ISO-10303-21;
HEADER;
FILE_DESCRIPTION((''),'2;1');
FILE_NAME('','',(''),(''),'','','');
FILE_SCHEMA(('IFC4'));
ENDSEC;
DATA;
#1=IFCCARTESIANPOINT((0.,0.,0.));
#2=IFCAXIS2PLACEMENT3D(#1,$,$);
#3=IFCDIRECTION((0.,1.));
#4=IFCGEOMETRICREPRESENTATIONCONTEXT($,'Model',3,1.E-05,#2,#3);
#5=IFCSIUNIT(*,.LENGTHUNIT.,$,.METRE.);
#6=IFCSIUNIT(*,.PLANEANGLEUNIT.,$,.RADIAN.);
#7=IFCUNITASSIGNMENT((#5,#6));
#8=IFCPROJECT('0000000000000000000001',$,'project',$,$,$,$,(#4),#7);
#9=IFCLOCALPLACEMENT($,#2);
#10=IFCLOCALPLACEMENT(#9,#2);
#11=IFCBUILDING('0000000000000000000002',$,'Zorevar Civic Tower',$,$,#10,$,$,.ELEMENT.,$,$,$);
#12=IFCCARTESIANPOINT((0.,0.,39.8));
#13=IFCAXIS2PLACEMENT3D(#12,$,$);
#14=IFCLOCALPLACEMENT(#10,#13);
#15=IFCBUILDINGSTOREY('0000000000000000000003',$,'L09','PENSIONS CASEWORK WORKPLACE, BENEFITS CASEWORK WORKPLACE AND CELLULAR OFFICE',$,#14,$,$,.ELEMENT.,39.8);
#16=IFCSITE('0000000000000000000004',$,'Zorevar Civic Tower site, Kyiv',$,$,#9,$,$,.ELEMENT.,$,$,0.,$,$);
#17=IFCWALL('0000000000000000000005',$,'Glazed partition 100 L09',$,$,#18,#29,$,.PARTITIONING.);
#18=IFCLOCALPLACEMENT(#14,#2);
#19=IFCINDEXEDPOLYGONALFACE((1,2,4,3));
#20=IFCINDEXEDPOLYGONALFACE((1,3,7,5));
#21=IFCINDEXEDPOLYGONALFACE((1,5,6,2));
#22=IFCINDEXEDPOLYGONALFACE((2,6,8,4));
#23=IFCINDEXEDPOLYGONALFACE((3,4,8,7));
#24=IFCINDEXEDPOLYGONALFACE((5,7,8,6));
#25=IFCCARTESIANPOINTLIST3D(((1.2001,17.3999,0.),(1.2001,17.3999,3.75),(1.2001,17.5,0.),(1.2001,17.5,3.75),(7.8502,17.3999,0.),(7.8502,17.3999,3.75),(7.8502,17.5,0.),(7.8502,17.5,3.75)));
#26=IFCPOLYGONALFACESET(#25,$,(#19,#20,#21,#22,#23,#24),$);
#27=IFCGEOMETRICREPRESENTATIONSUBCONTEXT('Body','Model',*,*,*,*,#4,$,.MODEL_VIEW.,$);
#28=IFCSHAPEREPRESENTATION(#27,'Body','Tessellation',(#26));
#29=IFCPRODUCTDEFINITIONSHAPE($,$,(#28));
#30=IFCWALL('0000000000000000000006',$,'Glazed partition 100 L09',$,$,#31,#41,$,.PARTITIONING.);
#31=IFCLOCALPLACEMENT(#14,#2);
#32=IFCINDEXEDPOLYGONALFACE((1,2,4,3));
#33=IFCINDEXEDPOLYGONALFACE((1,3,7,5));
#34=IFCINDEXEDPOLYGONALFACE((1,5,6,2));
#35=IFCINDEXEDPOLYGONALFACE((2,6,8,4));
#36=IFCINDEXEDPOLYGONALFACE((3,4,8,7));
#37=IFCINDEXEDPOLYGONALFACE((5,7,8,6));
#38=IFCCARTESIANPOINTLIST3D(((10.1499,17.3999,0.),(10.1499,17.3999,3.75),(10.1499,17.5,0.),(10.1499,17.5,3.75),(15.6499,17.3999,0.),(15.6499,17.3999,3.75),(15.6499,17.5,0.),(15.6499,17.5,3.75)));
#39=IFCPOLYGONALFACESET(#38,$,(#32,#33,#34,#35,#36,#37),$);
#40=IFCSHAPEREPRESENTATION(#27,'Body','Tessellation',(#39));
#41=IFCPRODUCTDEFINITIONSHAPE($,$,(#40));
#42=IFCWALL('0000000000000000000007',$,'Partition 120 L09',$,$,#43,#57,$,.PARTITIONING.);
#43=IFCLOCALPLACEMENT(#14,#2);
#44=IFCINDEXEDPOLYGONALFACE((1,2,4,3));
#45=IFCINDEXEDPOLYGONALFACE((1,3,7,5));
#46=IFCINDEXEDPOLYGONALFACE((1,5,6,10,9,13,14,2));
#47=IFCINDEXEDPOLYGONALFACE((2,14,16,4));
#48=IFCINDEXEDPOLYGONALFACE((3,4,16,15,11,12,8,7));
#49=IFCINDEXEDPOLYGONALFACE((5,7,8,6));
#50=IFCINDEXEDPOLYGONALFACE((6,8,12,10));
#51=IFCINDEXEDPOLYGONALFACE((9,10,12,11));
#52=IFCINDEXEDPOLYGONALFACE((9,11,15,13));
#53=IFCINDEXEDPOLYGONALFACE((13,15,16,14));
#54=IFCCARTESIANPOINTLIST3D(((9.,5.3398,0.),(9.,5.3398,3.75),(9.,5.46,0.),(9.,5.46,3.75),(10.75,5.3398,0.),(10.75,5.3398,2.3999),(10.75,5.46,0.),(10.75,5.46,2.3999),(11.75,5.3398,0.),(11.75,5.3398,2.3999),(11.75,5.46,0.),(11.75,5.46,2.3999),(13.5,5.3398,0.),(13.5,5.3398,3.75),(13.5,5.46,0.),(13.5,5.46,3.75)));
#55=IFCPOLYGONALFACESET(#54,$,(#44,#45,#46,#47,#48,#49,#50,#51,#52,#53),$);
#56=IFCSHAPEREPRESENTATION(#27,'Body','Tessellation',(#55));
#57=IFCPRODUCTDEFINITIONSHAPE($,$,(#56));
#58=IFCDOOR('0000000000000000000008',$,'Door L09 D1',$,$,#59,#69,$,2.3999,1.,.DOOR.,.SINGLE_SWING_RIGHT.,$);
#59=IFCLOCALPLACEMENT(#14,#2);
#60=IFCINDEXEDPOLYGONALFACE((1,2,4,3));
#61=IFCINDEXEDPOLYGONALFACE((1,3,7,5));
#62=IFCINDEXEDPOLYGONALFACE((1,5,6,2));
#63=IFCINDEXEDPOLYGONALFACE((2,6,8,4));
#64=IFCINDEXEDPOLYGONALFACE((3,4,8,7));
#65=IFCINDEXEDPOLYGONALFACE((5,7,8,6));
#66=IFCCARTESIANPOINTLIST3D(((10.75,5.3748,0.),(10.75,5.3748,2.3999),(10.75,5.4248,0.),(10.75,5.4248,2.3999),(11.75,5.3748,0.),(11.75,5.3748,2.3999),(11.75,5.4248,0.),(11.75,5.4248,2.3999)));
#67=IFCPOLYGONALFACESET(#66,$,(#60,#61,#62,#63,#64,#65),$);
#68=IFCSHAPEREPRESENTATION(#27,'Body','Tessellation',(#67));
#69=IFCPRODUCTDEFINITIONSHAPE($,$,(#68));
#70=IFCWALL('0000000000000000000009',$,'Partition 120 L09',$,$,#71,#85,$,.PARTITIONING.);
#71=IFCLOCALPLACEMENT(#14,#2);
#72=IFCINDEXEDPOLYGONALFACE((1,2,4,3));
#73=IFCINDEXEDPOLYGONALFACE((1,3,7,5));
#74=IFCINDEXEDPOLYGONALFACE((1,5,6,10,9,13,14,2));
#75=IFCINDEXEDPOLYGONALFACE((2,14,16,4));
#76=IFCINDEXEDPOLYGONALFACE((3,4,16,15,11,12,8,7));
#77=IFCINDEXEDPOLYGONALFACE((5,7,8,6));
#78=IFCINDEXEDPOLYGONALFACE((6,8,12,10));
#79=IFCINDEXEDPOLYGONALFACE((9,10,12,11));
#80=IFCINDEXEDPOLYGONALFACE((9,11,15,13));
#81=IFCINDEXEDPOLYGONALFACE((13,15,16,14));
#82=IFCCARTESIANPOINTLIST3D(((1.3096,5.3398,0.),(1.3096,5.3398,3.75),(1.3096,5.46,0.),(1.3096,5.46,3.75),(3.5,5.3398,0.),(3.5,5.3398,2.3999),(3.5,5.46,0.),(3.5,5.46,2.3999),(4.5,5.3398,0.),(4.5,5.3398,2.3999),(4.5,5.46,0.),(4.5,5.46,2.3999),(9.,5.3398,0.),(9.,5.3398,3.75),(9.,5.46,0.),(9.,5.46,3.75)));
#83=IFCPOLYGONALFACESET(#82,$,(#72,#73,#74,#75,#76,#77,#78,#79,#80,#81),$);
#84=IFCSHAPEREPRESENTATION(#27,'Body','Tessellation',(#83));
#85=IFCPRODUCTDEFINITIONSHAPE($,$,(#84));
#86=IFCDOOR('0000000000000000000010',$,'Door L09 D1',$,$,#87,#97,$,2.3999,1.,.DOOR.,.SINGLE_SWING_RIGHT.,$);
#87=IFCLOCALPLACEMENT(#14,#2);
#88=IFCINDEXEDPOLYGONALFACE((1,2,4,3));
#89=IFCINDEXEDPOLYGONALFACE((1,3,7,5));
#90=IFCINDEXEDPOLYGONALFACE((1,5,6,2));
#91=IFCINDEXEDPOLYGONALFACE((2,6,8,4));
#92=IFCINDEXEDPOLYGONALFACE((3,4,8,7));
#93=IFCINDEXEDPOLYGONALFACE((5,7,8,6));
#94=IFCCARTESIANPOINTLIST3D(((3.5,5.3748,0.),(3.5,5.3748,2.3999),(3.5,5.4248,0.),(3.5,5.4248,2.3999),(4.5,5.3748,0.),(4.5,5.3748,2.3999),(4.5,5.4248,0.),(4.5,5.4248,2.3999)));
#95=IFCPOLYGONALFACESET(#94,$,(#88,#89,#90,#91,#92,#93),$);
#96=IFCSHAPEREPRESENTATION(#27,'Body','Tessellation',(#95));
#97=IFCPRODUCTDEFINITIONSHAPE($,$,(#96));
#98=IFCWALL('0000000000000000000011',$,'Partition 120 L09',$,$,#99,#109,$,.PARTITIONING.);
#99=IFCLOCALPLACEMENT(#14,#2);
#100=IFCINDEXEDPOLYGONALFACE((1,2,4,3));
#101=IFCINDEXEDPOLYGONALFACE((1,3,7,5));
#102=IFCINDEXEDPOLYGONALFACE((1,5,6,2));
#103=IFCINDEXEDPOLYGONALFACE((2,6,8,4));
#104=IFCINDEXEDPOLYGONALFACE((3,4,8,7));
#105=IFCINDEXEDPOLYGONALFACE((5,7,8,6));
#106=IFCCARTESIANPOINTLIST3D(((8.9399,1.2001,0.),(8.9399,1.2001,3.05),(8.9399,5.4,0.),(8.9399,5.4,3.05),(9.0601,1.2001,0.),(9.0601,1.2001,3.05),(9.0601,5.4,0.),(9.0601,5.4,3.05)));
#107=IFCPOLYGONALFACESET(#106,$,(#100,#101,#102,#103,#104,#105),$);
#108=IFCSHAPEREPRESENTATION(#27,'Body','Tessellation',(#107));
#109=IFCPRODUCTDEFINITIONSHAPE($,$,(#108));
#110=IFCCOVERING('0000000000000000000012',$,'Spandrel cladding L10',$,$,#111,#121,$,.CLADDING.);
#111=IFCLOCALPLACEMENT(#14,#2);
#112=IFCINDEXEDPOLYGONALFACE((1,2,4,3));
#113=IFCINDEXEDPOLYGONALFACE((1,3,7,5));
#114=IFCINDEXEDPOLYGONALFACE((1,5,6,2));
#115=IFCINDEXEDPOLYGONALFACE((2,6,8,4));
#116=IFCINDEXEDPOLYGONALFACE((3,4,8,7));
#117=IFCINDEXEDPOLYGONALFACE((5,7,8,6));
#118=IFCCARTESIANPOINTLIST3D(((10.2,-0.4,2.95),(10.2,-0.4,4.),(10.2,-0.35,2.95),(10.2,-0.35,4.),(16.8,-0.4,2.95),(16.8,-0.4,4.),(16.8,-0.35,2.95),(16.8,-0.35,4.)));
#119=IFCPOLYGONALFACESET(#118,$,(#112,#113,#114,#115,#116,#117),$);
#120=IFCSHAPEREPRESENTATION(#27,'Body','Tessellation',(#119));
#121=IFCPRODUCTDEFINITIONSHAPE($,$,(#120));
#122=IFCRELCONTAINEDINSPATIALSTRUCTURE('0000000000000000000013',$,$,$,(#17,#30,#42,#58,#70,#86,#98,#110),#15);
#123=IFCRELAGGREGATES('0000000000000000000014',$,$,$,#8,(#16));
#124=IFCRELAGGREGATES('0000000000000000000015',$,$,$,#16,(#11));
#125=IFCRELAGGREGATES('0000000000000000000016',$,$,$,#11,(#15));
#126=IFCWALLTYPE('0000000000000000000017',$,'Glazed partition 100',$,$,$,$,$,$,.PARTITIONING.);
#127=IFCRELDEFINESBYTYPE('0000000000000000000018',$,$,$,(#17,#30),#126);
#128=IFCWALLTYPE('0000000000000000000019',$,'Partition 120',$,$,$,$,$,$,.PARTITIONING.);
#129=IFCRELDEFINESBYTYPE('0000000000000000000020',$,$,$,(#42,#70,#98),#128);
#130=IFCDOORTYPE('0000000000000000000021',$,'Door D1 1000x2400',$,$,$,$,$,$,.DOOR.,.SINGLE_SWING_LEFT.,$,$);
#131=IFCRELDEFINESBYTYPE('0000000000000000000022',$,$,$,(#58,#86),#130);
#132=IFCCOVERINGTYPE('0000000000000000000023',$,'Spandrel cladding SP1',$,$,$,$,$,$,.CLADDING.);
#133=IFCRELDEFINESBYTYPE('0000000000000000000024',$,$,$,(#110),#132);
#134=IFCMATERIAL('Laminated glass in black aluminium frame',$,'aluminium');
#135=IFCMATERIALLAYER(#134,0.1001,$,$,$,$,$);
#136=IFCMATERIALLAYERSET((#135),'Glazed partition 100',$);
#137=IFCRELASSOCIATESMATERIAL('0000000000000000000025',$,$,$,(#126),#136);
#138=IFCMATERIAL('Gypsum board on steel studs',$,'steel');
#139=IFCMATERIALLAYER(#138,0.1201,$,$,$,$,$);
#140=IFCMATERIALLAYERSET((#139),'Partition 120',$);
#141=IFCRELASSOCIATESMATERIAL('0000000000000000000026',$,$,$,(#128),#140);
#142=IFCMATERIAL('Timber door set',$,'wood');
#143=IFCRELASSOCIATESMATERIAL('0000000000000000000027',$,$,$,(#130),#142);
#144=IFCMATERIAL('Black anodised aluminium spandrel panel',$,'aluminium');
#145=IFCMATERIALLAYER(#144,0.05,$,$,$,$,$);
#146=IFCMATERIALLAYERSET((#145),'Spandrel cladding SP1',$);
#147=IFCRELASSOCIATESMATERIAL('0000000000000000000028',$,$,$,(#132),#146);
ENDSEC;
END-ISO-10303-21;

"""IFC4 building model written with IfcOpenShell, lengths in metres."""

from ifc_helpers import new_model, si_unit, direction, frame, frame_2d, origin, place, context, subcontext, project, spatial, rectangle, extrude, material, layer, layer_set, type_object, element, fill, save


model = new_model("IFC4")

# Units and contexts
model_context = context("Model", 3, precision=1e-05, world=origin(), true_north=direction((0.0, 1.0)))
body_context = subcontext(model_context, "Body", "Model", "MODEL_VIEW")
ifc_project = project(units=[si_unit("LENGTHUNIT", "METRE"), si_unit("PLANEANGLEUNIT", "RADIAN")], contexts=[model_context])

# Site, building, storey
site_placement = place(None, origin())
site = spatial("IfcSite", under=ifc_project, at=site_placement, Name="Zorevar Civic Tower site, Kyiv", CompositionType="ELEMENT", RefElevation=0.0)
building_placement = place(site_placement, origin())
building = spatial("IfcBuilding", under=site, at=building_placement, Name="Zorevar Civic Tower", CompositionType="ELEMENT")
storey_placement = place(building_placement, frame((0.0, 0.0, 39.8)))
storey = spatial("IfcBuildingStorey", under=building, at=storey_placement, Name="L09", Description="PENSIONS CASEWORK WORKPLACE, BENEFITS CASEWORK WORKPLACE AND CELLULAR OFFICE", CompositionType="ELEMENT", Elevation=39.8)

# Walls
ifc_material_1 = material(Name="Laminated glass in black aluminium frame", Category="aluminium")
ifc_layer_1 = layer(ifc_material_1, 0.1001)
ifc_layer_set_1 = layer_set([ifc_layer_1], Name="Glazed partition 100")
wall_type_1 = type_object("IfcWallType", Name="Glazed partition 100", PredefinedType="PARTITIONING", material=ifc_layer_set_1)
wall_1_placement = place(storey_placement, frame((1.2, 17.45, 0.0), z_axis=(0.0, 0.0, 1.0), x_axis=(1.0, 0.0, 0.0)))
element("IfcWall", 1, at=wall_1_placement, inside=storey, type_object=wall_type_1, Name="Glazed partition 100 L09", PredefinedType="PARTITIONING", context=body_context, shape_type="SweptSolid", body=[
    extrude(rectangle(XDim=6.6501, YDim=0.1001, at=frame_2d((3.3252, 0.0))), origin(), (0.0, 0.0, 1.0), 3.75),
])
wall_2_placement = place(storey_placement, frame((10.1499, 17.45, 0.0), z_axis=(0.0, 0.0, 1.0), x_axis=(1.0, 0.0, 0.0)))
element("IfcWall", 2, at=wall_2_placement, inside=storey, type_object=wall_type_1, Name="Glazed partition 100 L09", PredefinedType="PARTITIONING", context=body_context, shape_type="SweptSolid", body=[
    extrude(rectangle(XDim=5.5, YDim=0.1001, at=frame_2d((2.75, 0.0))), origin(), (0.0, 0.0, 1.0), 3.75),
])

# Walls, openings, doors
ifc_material_2 = material(Name="Gypsum board on steel studs", Category="steel")
ifc_layer_2 = layer(ifc_material_2, 0.1201)
ifc_layer_set_2 = layer_set([ifc_layer_2], Name="Partition 120")
wall_type_2 = type_object("IfcWallType", Name="Partition 120", PredefinedType="PARTITIONING", material=ifc_layer_set_2)
wall_3_placement = place(storey_placement, frame((9.0, 5.3999, 0.0), z_axis=(0.0, 0.0, 1.0), x_axis=(1.0, 0.0, 0.0)))
wall_3 = element("IfcWall", 3, at=wall_3_placement, inside=storey, type_object=wall_type_2, Name="Partition 120 L09", PredefinedType="PARTITIONING", context=body_context, shape_type="SweptSolid", body=[
    extrude(rectangle(XDim=4.5, YDim=0.1201, at=frame_2d((2.25, 0.0))), origin(), (0.0, 0.0, 1.0), 3.75),
])
opening_1_placement = place(wall_3_placement, frame((1.75, 0.0, 0.0)))
opening_1 = element("IfcOpeningElement", 4, at=opening_1_placement, cuts=wall_3, PredefinedType="OPENING", context=body_context, shape_type="SweptSolid", body=[
    extrude(rectangle(XDim=1.0, YDim=2.3999, at=frame_2d((0.5, 1.2))), frame((0.0, 0.0701, 0.0), z_axis=(0.0, -1.0, 0.0), x_axis=(1.0, 0.0, 0.0)), (0.0, 0.0, 1.0), 0.1401),
])
ifc_material_3 = material(Name="Timber door set", Category="wood")
door_type = type_object("IfcDoorType", Name="Door D1 1000x2400", OperationType="SINGLE_SWING_LEFT", PredefinedType="DOOR", material=ifc_material_3)
door_1_placement = place(opening_1_placement, origin())
door_1 = element("IfcDoor", 5, at=door_1_placement, inside=storey, type_object=door_type, Name="Door L09 D1", OperationType="SINGLE_SWING_RIGHT", OverallHeight=2.3999, OverallWidth=1.0, PredefinedType="DOOR", context=body_context, shape_type="SweptSolid", body=[
    extrude(rectangle(XDim=1.0, YDim=2.3999, at=frame_2d((0.5, 1.2))), frame((0.0, 0.0249, 0.0), z_axis=(0.0, -1.0, 0.0), x_axis=(1.0, 0.0, 0.0)), (0.0, 0.0, 1.0), 0.05),
])
fill(opening_1, door_1)
wall_4_placement = place(storey_placement, frame((1.3096, 5.3999, 0.0), z_axis=(0.0, 0.0, 1.0), x_axis=(1.0, 0.0, 0.0)))
wall_4 = element("IfcWall", 6, at=wall_4_placement, inside=storey, type_object=wall_type_2, Name="Partition 120 L09", PredefinedType="PARTITIONING", context=body_context, shape_type="SweptSolid", body=[
    extrude(rectangle(XDim=7.6904, YDim=0.1201, at=frame_2d((3.8452, 0.0))), origin(), (0.0, 0.0, 1.0), 3.75),
])
opening_2_placement = place(wall_4_placement, frame((2.1904, 0.0, 0.0)))
opening_2 = element("IfcOpeningElement", 7, at=opening_2_placement, cuts=wall_4, PredefinedType="OPENING", context=body_context, shape_type="SweptSolid", body=[
    extrude(rectangle(XDim=1.0, YDim=2.3999, at=frame_2d((0.5, 1.2))), frame((0.0, 0.0701, 0.0), z_axis=(0.0, -1.0, 0.0), x_axis=(1.0, 0.0, 0.0)), (0.0, 0.0, 1.0), 0.1401),
])
door_2_placement = place(opening_2_placement, origin())
door_2 = element("IfcDoor", 8, at=door_2_placement, inside=storey, type_object=door_type, Name="Door L09 D1", OperationType="SINGLE_SWING_RIGHT", OverallHeight=2.3999, OverallWidth=1.0, PredefinedType="DOOR", context=body_context, shape_type="SweptSolid", body=[
    extrude(rectangle(XDim=1.0, YDim=2.3999, at=frame_2d((0.5, 1.2))), frame((0.0, 0.0249, 0.0), z_axis=(0.0, -1.0, 0.0), x_axis=(1.0, 0.0, 0.0)), (0.0, 0.0, 1.0), 0.05),
])
fill(opening_2, door_2)

# Wall
wall_5_placement = place(storey_placement, frame((9.0, 1.2, 0.0), z_axis=(0.0, 0.0, 1.0), x_axis=(0.0, 1.0, 0.0)))
element("IfcWall", 9, at=wall_5_placement, inside=storey, type_object=wall_type_2, Name="Partition 120 L09", PredefinedType="PARTITIONING", context=body_context, shape_type="SweptSolid", body=[
    extrude(rectangle(XDim=4.2, YDim=0.1201, at=frame_2d((2.1001, 0.0))), origin(), (0.0, 0.0, 1.0), 3.05),
])

# Covering
ifc_material_4 = material(Name="Black anodised aluminium spandrel panel", Category="aluminium")
ifc_layer_3 = layer(ifc_material_4, 0.05)
ifc_layer_set_3 = layer_set([ifc_layer_3], Name="Spandrel cladding SP1")
covering_type = type_object("IfcCoveringType", Name="Spandrel cladding SP1", PredefinedType="CLADDING", material=ifc_layer_set_3)
covering_placement = place(storey_placement, frame((10.2, -0.375, 2.95), z_axis=(0.0, 0.0, 1.0), x_axis=(1.0, 0.0, 0.0)))
element("IfcCovering", 10, at=covering_placement, inside=storey, type_object=covering_type, Name="Spandrel cladding L10", PredefinedType="CLADDING", context=body_context, shape_type="SweptSolid", body=[
    extrude(rectangle(XDim=6.6001, YDim=0.05, at=frame_2d((3.3, 0.0))), origin(), (0.0, 0.0, 1.0), 1.05),
])

save(model, "model.ifc")
